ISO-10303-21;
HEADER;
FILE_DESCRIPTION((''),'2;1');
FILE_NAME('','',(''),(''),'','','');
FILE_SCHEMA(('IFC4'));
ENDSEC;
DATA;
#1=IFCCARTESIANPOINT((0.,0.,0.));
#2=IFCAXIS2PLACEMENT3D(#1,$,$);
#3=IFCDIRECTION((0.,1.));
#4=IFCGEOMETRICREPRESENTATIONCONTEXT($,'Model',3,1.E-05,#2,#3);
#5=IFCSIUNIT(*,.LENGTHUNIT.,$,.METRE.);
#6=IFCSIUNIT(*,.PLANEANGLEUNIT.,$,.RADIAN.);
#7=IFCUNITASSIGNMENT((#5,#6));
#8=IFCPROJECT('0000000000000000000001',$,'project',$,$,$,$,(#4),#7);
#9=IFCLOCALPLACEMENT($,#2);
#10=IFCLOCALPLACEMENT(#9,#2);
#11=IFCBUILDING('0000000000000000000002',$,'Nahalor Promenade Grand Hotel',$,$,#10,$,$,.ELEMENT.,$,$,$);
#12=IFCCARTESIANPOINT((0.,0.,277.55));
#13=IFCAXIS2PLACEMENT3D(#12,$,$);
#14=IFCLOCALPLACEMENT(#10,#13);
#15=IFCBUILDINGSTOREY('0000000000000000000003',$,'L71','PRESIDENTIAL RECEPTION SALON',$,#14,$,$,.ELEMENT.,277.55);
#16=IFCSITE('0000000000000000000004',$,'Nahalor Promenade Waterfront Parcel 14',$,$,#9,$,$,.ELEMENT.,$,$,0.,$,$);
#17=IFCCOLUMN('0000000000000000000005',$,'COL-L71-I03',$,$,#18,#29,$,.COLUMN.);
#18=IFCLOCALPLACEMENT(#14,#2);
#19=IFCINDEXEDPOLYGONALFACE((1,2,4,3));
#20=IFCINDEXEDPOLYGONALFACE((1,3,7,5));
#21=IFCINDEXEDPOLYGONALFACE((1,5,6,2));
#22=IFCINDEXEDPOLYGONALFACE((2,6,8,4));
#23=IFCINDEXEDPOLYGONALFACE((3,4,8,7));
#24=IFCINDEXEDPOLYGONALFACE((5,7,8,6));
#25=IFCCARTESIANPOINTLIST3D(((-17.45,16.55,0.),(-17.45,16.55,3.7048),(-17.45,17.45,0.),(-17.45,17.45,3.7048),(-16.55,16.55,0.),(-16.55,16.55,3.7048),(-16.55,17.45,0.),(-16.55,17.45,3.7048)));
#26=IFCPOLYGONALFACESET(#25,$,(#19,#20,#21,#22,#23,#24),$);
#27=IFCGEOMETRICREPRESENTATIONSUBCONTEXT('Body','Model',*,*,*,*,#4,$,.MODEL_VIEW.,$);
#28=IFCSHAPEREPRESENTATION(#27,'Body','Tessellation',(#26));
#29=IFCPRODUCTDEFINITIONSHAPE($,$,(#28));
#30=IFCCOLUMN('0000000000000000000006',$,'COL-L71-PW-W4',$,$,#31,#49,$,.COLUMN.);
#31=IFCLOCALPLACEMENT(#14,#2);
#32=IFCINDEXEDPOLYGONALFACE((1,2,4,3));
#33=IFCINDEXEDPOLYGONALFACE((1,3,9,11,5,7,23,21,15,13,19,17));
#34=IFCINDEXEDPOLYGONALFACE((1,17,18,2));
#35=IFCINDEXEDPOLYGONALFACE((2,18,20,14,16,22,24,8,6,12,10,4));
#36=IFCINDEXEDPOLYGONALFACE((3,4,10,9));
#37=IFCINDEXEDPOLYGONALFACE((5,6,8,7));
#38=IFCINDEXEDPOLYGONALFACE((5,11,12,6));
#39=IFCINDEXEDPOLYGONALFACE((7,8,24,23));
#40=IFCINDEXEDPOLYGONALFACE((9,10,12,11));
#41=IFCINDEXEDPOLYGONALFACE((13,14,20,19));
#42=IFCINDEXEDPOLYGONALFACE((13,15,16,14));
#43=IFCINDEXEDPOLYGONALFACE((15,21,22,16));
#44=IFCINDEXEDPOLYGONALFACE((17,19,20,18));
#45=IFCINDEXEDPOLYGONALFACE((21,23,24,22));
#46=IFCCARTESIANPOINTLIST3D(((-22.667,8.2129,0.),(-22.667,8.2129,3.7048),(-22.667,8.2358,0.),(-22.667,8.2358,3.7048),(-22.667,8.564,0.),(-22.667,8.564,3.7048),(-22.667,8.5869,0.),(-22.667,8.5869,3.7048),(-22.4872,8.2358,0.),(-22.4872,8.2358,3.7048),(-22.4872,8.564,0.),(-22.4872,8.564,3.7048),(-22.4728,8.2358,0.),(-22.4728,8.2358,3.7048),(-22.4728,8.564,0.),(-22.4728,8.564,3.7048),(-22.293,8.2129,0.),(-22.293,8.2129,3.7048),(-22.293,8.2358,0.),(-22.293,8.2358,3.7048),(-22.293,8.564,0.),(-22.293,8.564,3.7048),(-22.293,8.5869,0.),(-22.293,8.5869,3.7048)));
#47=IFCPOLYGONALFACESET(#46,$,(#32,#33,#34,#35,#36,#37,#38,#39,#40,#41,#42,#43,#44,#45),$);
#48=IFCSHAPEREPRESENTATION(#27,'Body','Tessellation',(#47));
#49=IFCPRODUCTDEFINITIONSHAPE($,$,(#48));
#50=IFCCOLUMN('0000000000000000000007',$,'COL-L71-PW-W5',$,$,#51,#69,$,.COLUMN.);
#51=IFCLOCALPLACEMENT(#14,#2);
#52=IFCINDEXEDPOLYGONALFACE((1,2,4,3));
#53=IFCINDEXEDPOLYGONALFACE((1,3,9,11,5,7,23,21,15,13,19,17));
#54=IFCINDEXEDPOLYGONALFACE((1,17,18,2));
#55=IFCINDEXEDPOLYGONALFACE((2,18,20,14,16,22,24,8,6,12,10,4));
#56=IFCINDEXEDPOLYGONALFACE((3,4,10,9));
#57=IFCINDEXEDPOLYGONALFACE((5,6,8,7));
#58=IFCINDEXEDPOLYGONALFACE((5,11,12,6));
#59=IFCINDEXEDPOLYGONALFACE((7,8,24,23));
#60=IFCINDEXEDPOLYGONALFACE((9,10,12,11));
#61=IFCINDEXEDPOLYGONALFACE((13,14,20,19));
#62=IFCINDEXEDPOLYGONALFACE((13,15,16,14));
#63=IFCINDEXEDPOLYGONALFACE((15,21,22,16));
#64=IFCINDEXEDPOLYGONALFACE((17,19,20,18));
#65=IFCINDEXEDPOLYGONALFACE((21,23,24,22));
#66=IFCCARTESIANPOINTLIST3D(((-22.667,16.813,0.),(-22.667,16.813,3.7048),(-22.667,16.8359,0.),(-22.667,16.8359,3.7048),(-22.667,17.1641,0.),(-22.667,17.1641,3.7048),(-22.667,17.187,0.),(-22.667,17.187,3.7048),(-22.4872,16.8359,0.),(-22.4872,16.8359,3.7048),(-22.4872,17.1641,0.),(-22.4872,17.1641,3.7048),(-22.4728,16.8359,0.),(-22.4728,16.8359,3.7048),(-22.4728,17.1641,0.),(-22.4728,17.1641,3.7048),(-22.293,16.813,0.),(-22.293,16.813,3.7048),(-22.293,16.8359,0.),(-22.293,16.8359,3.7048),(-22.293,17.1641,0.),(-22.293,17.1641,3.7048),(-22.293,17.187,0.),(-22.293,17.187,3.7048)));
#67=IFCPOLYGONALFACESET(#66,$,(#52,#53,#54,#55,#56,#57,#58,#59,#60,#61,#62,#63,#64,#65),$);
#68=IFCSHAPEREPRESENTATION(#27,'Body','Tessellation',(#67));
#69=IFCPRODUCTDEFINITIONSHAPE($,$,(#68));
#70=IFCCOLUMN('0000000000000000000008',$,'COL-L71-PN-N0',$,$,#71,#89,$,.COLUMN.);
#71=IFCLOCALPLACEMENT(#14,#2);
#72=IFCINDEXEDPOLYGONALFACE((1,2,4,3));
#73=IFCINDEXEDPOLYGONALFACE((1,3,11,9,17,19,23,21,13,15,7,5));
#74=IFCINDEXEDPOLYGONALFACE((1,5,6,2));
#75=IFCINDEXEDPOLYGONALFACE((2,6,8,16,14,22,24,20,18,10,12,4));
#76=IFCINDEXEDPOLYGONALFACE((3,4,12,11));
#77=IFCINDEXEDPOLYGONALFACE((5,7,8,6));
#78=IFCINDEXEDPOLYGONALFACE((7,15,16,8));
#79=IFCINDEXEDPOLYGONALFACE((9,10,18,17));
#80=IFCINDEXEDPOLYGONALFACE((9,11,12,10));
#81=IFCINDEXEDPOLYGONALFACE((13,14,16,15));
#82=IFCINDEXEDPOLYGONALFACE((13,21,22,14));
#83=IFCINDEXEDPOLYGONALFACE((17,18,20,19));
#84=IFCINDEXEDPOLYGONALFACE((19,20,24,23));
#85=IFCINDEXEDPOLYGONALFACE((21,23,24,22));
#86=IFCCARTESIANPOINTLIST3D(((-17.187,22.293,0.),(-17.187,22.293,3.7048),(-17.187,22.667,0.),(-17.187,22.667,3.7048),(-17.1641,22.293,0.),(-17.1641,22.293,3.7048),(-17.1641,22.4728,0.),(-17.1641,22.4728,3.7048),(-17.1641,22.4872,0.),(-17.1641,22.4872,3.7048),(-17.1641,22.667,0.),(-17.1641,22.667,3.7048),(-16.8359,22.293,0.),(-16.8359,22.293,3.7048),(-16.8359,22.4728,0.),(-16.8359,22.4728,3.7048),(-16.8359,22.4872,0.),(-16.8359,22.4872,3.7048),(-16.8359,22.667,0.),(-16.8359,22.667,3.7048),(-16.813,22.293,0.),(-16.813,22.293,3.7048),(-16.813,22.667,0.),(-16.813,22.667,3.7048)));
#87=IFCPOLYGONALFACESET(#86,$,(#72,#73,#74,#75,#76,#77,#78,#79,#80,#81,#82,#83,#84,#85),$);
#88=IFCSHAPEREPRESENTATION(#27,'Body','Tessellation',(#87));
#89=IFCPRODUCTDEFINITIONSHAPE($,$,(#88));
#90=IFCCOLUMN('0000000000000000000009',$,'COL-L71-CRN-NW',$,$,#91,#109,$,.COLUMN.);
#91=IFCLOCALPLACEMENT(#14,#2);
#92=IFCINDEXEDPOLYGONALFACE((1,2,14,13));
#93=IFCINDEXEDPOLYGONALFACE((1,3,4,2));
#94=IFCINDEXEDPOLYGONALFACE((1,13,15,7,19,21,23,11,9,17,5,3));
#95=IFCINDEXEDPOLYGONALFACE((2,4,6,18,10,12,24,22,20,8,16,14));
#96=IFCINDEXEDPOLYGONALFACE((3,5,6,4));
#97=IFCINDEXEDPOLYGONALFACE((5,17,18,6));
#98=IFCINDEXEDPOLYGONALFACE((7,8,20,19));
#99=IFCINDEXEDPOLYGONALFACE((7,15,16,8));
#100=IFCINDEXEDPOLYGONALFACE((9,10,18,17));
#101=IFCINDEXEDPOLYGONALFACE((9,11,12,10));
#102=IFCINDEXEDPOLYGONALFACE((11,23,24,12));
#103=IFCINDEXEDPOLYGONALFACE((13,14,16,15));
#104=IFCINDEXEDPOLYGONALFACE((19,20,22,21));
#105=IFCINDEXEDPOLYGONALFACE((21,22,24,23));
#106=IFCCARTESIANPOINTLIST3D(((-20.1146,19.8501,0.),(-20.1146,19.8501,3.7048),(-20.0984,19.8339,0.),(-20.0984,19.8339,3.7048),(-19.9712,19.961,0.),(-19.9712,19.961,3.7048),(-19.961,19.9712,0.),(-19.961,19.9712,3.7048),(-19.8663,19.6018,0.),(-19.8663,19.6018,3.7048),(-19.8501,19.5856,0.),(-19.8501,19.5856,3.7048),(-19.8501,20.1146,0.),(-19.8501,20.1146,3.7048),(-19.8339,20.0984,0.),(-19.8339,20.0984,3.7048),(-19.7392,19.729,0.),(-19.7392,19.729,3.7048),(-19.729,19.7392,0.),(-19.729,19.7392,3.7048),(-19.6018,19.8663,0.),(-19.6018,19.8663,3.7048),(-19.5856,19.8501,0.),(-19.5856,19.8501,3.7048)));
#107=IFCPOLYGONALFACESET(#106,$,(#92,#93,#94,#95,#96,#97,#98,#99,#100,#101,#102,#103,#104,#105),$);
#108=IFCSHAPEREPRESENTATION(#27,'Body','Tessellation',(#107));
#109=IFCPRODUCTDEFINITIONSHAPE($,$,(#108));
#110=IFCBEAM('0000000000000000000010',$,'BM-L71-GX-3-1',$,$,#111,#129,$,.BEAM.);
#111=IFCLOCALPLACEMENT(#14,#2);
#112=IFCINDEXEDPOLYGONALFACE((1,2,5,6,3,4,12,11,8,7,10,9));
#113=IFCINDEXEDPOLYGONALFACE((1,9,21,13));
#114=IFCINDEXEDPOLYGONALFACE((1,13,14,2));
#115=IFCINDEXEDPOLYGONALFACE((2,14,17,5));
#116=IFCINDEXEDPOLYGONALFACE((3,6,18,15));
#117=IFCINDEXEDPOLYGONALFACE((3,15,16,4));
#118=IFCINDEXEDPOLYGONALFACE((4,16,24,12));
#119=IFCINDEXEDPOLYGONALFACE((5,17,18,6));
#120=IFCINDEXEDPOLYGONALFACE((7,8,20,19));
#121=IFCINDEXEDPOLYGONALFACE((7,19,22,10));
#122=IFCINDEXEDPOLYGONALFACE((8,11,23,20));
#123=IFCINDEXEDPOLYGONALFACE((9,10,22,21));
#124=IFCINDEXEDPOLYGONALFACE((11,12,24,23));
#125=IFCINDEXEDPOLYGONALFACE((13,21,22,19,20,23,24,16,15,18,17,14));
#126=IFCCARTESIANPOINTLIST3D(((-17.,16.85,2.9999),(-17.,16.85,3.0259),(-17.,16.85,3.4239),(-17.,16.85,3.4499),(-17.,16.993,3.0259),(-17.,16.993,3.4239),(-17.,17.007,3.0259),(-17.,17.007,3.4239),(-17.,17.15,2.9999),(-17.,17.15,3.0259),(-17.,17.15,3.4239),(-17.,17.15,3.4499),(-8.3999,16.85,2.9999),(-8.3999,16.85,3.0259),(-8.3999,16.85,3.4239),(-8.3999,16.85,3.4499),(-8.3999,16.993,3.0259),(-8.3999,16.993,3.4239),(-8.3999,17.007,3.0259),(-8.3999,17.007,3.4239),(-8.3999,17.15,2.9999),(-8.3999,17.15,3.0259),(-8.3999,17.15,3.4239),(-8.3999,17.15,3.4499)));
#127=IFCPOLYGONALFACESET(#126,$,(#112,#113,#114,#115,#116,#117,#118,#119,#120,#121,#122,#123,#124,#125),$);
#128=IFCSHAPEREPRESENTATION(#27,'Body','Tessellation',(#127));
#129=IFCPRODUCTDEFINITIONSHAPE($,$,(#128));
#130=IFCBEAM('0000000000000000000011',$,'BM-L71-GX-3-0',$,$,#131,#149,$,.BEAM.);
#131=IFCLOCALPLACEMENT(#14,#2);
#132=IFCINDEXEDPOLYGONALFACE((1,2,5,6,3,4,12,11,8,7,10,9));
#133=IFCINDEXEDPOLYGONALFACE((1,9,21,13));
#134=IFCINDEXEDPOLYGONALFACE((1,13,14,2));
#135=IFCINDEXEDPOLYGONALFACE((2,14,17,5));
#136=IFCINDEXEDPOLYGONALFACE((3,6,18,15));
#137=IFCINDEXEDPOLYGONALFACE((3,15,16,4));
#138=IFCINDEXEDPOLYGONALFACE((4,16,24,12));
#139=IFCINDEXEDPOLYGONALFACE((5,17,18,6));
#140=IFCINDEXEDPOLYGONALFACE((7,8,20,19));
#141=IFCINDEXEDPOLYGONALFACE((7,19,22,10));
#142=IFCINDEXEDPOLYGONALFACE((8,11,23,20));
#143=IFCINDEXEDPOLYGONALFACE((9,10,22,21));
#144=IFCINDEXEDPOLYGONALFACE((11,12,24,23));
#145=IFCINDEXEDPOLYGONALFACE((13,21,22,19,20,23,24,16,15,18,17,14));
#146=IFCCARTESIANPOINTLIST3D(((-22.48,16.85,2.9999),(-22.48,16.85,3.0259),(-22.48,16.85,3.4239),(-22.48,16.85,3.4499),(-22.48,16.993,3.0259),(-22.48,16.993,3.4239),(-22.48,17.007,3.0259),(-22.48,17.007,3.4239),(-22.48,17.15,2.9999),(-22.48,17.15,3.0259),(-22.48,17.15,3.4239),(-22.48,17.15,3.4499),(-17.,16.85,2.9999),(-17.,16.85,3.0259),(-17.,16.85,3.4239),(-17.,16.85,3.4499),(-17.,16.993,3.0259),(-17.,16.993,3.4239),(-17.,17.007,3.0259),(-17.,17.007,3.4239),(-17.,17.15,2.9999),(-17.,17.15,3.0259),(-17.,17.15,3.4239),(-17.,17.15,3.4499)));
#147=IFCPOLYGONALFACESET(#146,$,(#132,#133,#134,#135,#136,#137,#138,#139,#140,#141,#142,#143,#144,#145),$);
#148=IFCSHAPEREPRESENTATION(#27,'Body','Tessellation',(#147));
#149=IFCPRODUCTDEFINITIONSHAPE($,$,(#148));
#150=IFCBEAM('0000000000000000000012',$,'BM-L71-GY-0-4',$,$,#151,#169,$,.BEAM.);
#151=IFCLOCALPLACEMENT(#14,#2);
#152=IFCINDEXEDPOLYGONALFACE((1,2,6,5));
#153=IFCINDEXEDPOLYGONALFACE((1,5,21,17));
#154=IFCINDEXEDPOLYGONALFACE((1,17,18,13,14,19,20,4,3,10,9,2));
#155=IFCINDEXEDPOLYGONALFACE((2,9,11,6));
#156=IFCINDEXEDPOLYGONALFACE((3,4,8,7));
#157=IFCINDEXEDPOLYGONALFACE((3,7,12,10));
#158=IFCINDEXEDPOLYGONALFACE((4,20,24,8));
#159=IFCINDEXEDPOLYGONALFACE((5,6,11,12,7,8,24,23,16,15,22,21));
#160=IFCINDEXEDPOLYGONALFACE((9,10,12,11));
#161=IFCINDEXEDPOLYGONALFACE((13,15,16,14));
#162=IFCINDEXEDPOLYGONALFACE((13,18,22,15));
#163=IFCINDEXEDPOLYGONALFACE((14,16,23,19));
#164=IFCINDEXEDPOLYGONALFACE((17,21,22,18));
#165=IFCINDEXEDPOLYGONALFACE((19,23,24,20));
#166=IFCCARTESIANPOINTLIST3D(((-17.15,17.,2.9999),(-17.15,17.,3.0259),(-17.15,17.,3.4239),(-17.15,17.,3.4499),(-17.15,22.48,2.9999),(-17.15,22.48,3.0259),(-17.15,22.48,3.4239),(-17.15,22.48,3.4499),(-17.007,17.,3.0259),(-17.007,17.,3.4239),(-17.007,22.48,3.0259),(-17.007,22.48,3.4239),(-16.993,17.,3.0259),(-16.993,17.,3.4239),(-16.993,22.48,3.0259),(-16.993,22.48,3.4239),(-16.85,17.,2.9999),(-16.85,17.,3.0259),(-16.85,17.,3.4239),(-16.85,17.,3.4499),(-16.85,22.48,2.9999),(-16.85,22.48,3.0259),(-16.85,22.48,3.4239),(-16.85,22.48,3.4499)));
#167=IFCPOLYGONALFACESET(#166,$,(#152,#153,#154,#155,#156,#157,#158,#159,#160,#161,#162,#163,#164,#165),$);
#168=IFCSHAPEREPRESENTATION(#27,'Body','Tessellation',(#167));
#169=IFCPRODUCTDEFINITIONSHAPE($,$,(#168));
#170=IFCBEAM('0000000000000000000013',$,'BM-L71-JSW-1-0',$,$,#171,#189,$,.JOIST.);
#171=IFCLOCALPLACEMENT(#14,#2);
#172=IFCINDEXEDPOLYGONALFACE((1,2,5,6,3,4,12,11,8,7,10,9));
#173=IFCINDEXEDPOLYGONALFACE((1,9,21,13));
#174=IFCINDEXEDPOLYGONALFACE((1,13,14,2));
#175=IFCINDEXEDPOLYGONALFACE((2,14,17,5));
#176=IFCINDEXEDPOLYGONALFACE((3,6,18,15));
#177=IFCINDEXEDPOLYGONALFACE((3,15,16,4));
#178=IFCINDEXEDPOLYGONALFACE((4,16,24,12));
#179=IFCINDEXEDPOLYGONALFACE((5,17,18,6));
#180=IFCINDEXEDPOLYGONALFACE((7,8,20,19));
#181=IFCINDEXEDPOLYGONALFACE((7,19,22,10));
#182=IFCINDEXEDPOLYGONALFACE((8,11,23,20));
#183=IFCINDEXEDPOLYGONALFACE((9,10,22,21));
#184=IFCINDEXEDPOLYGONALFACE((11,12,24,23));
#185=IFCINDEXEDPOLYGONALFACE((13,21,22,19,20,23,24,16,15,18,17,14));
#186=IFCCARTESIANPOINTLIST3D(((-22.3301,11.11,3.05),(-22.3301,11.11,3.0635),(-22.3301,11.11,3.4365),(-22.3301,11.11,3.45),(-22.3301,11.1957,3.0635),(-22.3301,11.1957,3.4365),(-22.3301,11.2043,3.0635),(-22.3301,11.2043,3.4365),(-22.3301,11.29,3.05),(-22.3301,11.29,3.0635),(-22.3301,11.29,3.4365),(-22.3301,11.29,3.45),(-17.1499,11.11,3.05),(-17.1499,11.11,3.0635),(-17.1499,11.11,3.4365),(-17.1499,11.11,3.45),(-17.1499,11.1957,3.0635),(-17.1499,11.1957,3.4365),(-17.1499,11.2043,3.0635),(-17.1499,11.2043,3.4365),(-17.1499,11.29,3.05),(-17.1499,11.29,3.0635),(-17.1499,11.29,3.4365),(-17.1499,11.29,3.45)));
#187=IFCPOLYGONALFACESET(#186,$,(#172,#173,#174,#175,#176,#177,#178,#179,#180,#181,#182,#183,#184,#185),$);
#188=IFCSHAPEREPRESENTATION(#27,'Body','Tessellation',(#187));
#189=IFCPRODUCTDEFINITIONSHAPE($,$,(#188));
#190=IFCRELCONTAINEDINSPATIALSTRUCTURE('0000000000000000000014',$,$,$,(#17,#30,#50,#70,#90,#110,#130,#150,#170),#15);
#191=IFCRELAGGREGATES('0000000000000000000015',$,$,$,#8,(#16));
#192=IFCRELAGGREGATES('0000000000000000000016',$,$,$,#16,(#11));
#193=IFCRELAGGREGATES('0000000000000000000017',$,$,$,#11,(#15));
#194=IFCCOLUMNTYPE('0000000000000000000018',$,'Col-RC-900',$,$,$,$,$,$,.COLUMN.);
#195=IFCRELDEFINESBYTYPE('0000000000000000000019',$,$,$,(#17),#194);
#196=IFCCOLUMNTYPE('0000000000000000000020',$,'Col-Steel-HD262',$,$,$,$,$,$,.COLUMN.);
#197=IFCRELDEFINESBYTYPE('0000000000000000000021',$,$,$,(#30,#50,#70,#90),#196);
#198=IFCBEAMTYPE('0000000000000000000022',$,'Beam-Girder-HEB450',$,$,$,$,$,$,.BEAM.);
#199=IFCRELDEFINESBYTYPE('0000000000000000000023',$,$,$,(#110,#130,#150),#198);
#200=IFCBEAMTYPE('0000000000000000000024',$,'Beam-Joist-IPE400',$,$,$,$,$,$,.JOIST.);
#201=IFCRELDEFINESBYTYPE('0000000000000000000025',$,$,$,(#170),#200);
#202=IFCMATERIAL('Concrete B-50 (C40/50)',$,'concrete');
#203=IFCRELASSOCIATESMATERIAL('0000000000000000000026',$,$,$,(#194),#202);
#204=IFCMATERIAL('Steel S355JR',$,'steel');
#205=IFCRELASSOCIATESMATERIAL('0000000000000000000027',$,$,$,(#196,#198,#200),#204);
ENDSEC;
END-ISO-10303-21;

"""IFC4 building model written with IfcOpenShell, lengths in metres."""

from ifc_helpers import new_model, si_unit, direction, frame, origin, origin_2d, place, context, subcontext, project, spatial, rectangle, i_section, extrude, source, transform, mapped, material, material_profile, profile_set, type_object, element, save


model = new_model("IFC4")

# Units and contexts
model_context = context("Model", 3, precision=1e-05, world=origin(), true_north=direction((0.0, 1.0)))
body_context = subcontext(model_context, "Body", "Model", "MODEL_VIEW")
ifc_project = project(units=[si_unit("LENGTHUNIT", "METRE"), si_unit("PLANEANGLEUNIT", "RADIAN")], contexts=[model_context])

# Site, building, storey
site_placement = place(None, origin())
site = spatial("IfcSite", under=ifc_project, at=site_placement, Name="Nahalor Promenade Waterfront Parcel 14", CompositionType="ELEMENT", RefElevation=0.0)
building_placement = place(site_placement, origin())
building = spatial("IfcBuilding", under=site, at=building_placement, Name="Nahalor Promenade Grand Hotel", CompositionType="ELEMENT")
storey_placement = place(building_placement, frame((0.0, 0.0, 277.55)))
storey = spatial("IfcBuildingStorey", under=building, at=storey_placement, Name="L71", Description="PRESIDENTIAL RECEPTION SALON", CompositionType="ELEMENT", Elevation=277.55)

# Columns
ifc_material_1 = material(Name="Concrete B-50 (C40/50)", Category="concrete")
ifc_material_profile_1 = material_profile(ifc_material_1, rectangle(XDim=0.9, YDim=0.9, at=origin_2d()), Name="RC 900x900")
ifc_profile_set_1 = profile_set([ifc_material_profile_1], Name="Concrete B-50 (C40/50)")
column_type_1 = type_object("IfcColumnType", Name="Col-RC-900", PredefinedType="COLUMN", material=ifc_profile_set_1)
shared_shape_1 = source(origin(), body_context, "Body", "SweptSolid", [
    extrude(rectangle(XDim=0.9, YDim=0.9, at=origin_2d()), origin(), (0.0, 0.0, 1.0), 3.7048),
])
column_placement = place(storey_placement, frame((-17.0, 17.0, 0.0), z_axis=(0.0, 0.0, 1.0), x_axis=(1.0, 0.0, 0.0)))
element("IfcColumn", 1, at=column_placement, inside=storey, type_object=column_type_1, Name="COL-L71-I03", PredefinedType="COLUMN", context=body_context, shape_type="MappedRepresentation", body=[
    mapped(shared_shape_1, transform((0.0, 0.0, 0.0), scale=1.0)),
])
ifc_material_2 = material(Name="Steel S355JR", Category="steel")
ifc_material_profile_2 = material_profile(ifc_material_2, i_section(OverallWidth=0.374, OverallDepth=0.374, WebThickness=0.0144, FlangeThickness=0.0229, at=origin_2d()), Name="HD 360x262")
ifc_profile_set_2 = profile_set([ifc_material_profile_2], Name="Steel S355JR")
column_type_2 = type_object("IfcColumnType", Name="Col-Steel-HD262", PredefinedType="COLUMN", material=ifc_profile_set_2)
shared_shape_2 = source(origin(), body_context, "Body", "SweptSolid", [
    extrude(i_section(OverallWidth=0.374, OverallDepth=0.374, WebThickness=0.0144, FlangeThickness=0.0229, at=origin_2d()), origin(), (0.0, 0.0, 1.0), 3.7048),
])
for number, where, z_axis, x_axis, name in (
    (2, (-22.48, 8.3999, 0.0), (0.0, 0.0, 1.0), (1.0, 0.0, 0.0), "COL-L71-PW-W4"),
    (3, (-22.48, 17.0, 0.0), (0.0, 0.0, 1.0), (1.0, 0.0, 0.0), "COL-L71-PW-W5"),
    (4, (-17.0, 22.48, 0.0), (0.0, 0.0, 1.0), (0.0, 1.0, 0.0), "COL-L71-PN-N0"),
    (5, (-19.8501, 19.8501, 0.0), (0.0, 0.0, 1.0), (0.707107, 0.707107, 0.0), "COL-L71-CRN-NW"),
):
    element("IfcColumn", number, at=place(storey_placement, frame(where, z_axis=z_axis, x_axis=x_axis)), inside=storey, type_object=column_type_2, Name=name, PredefinedType="COLUMN", context=body_context, shape_type="MappedRepresentation", body=[
        mapped(shared_shape_2, transform((0.0, 0.0, 0.0), scale=1.0)),
    ])

# Beams
ifc_material_profile_3 = material_profile(ifc_material_2, i_section(OverallWidth=0.3, OverallDepth=0.45, WebThickness=0.014, FlangeThickness=0.026, at=origin_2d()), Name="HEB 450")
ifc_profile_set_3 = profile_set([ifc_material_profile_3], Name="Steel S355JR")
beam_type_1 = type_object("IfcBeamType", Name="Beam-Girder-HEB450", PredefinedType="BEAM", material=ifc_profile_set_3)
shared_shape_3 = source(origin(), body_context, "Body", "SweptSolid", [
    extrude(i_section(OverallWidth=0.3, OverallDepth=0.45, WebThickness=0.014, FlangeThickness=0.026, at=origin_2d()), origin(), (0.0, 0.0, 1.0), 8.6001),
])
beam_1_placement = place(storey_placement, frame((-17.0, 17.0, 3.2249), z_axis=(1.0, 0.0, 0.0), x_axis=(0.0, 1.0, 0.0)))
element("IfcBeam", 6, at=beam_1_placement, inside=storey, type_object=beam_type_1, Name="BM-L71-GX-3-1", PredefinedType="BEAM", context=body_context, shape_type="MappedRepresentation", body=[
    mapped(shared_shape_3, transform((0.0, 0.0, 0.0), scale=1.0)),
])
shared_shape_4 = source(origin(), body_context, "Body", "SweptSolid", [
    extrude(i_section(OverallWidth=0.3, OverallDepth=0.45, WebThickness=0.014, FlangeThickness=0.026, at=origin_2d()), origin(), (0.0, 0.0, 1.0), 5.48),
])
for number, where, z_axis, x_axis, name in (
    (7, (-22.48, 17.0, 3.2249), (1.0, 0.0, 0.0), (0.0, 1.0, 0.0), "BM-L71-GX-3-0"),
    (8, (-17.0, 17.0, 3.2249), (0.0, 1.0, 0.0), (-1.0, 0.0, 0.0), "BM-L71-GY-0-4"),
):
    element("IfcBeam", number, at=place(storey_placement, frame(where, z_axis=z_axis, x_axis=x_axis)), inside=storey, type_object=beam_type_1, Name=name, PredefinedType="BEAM", context=body_context, shape_type="MappedRepresentation", body=[
        mapped(shared_shape_4, transform((0.0, 0.0, 0.0), scale=1.0)),
    ])
ifc_material_profile_4 = material_profile(ifc_material_2, i_section(OverallWidth=0.18, OverallDepth=0.4, WebThickness=0.0086, FlangeThickness=0.0135, at=origin_2d()), Name="IPE 400")
ifc_profile_set_4 = profile_set([ifc_material_profile_4], Name="Steel S355JR")
beam_type_2 = type_object("IfcBeamType", Name="Beam-Joist-IPE400", PredefinedType="JOIST", material=ifc_profile_set_4)
shared_shape_5 = source(origin(), body_context, "Body", "SweptSolid", [
    extrude(i_section(OverallWidth=0.18, OverallDepth=0.4, WebThickness=0.0086, FlangeThickness=0.0135, at=origin_2d()), origin(), (0.0, 0.0, 1.0), 5.1802),
])
beam_2_placement = place(storey_placement, frame((-22.3301, 11.2, 3.25), z_axis=(1.0, 0.0, 0.0), x_axis=(0.0, 1.0, 0.0)))
element("IfcBeam", 9, at=beam_2_placement, inside=storey, type_object=beam_type_2, Name="BM-L71-JSW-1-0", PredefinedType="JOIST", context=body_context, shape_type="MappedRepresentation", body=[
    mapped(shared_shape_5, transform((0.0, 0.0, 0.0), scale=1.0)),
])

save(model, "model.ifc")
